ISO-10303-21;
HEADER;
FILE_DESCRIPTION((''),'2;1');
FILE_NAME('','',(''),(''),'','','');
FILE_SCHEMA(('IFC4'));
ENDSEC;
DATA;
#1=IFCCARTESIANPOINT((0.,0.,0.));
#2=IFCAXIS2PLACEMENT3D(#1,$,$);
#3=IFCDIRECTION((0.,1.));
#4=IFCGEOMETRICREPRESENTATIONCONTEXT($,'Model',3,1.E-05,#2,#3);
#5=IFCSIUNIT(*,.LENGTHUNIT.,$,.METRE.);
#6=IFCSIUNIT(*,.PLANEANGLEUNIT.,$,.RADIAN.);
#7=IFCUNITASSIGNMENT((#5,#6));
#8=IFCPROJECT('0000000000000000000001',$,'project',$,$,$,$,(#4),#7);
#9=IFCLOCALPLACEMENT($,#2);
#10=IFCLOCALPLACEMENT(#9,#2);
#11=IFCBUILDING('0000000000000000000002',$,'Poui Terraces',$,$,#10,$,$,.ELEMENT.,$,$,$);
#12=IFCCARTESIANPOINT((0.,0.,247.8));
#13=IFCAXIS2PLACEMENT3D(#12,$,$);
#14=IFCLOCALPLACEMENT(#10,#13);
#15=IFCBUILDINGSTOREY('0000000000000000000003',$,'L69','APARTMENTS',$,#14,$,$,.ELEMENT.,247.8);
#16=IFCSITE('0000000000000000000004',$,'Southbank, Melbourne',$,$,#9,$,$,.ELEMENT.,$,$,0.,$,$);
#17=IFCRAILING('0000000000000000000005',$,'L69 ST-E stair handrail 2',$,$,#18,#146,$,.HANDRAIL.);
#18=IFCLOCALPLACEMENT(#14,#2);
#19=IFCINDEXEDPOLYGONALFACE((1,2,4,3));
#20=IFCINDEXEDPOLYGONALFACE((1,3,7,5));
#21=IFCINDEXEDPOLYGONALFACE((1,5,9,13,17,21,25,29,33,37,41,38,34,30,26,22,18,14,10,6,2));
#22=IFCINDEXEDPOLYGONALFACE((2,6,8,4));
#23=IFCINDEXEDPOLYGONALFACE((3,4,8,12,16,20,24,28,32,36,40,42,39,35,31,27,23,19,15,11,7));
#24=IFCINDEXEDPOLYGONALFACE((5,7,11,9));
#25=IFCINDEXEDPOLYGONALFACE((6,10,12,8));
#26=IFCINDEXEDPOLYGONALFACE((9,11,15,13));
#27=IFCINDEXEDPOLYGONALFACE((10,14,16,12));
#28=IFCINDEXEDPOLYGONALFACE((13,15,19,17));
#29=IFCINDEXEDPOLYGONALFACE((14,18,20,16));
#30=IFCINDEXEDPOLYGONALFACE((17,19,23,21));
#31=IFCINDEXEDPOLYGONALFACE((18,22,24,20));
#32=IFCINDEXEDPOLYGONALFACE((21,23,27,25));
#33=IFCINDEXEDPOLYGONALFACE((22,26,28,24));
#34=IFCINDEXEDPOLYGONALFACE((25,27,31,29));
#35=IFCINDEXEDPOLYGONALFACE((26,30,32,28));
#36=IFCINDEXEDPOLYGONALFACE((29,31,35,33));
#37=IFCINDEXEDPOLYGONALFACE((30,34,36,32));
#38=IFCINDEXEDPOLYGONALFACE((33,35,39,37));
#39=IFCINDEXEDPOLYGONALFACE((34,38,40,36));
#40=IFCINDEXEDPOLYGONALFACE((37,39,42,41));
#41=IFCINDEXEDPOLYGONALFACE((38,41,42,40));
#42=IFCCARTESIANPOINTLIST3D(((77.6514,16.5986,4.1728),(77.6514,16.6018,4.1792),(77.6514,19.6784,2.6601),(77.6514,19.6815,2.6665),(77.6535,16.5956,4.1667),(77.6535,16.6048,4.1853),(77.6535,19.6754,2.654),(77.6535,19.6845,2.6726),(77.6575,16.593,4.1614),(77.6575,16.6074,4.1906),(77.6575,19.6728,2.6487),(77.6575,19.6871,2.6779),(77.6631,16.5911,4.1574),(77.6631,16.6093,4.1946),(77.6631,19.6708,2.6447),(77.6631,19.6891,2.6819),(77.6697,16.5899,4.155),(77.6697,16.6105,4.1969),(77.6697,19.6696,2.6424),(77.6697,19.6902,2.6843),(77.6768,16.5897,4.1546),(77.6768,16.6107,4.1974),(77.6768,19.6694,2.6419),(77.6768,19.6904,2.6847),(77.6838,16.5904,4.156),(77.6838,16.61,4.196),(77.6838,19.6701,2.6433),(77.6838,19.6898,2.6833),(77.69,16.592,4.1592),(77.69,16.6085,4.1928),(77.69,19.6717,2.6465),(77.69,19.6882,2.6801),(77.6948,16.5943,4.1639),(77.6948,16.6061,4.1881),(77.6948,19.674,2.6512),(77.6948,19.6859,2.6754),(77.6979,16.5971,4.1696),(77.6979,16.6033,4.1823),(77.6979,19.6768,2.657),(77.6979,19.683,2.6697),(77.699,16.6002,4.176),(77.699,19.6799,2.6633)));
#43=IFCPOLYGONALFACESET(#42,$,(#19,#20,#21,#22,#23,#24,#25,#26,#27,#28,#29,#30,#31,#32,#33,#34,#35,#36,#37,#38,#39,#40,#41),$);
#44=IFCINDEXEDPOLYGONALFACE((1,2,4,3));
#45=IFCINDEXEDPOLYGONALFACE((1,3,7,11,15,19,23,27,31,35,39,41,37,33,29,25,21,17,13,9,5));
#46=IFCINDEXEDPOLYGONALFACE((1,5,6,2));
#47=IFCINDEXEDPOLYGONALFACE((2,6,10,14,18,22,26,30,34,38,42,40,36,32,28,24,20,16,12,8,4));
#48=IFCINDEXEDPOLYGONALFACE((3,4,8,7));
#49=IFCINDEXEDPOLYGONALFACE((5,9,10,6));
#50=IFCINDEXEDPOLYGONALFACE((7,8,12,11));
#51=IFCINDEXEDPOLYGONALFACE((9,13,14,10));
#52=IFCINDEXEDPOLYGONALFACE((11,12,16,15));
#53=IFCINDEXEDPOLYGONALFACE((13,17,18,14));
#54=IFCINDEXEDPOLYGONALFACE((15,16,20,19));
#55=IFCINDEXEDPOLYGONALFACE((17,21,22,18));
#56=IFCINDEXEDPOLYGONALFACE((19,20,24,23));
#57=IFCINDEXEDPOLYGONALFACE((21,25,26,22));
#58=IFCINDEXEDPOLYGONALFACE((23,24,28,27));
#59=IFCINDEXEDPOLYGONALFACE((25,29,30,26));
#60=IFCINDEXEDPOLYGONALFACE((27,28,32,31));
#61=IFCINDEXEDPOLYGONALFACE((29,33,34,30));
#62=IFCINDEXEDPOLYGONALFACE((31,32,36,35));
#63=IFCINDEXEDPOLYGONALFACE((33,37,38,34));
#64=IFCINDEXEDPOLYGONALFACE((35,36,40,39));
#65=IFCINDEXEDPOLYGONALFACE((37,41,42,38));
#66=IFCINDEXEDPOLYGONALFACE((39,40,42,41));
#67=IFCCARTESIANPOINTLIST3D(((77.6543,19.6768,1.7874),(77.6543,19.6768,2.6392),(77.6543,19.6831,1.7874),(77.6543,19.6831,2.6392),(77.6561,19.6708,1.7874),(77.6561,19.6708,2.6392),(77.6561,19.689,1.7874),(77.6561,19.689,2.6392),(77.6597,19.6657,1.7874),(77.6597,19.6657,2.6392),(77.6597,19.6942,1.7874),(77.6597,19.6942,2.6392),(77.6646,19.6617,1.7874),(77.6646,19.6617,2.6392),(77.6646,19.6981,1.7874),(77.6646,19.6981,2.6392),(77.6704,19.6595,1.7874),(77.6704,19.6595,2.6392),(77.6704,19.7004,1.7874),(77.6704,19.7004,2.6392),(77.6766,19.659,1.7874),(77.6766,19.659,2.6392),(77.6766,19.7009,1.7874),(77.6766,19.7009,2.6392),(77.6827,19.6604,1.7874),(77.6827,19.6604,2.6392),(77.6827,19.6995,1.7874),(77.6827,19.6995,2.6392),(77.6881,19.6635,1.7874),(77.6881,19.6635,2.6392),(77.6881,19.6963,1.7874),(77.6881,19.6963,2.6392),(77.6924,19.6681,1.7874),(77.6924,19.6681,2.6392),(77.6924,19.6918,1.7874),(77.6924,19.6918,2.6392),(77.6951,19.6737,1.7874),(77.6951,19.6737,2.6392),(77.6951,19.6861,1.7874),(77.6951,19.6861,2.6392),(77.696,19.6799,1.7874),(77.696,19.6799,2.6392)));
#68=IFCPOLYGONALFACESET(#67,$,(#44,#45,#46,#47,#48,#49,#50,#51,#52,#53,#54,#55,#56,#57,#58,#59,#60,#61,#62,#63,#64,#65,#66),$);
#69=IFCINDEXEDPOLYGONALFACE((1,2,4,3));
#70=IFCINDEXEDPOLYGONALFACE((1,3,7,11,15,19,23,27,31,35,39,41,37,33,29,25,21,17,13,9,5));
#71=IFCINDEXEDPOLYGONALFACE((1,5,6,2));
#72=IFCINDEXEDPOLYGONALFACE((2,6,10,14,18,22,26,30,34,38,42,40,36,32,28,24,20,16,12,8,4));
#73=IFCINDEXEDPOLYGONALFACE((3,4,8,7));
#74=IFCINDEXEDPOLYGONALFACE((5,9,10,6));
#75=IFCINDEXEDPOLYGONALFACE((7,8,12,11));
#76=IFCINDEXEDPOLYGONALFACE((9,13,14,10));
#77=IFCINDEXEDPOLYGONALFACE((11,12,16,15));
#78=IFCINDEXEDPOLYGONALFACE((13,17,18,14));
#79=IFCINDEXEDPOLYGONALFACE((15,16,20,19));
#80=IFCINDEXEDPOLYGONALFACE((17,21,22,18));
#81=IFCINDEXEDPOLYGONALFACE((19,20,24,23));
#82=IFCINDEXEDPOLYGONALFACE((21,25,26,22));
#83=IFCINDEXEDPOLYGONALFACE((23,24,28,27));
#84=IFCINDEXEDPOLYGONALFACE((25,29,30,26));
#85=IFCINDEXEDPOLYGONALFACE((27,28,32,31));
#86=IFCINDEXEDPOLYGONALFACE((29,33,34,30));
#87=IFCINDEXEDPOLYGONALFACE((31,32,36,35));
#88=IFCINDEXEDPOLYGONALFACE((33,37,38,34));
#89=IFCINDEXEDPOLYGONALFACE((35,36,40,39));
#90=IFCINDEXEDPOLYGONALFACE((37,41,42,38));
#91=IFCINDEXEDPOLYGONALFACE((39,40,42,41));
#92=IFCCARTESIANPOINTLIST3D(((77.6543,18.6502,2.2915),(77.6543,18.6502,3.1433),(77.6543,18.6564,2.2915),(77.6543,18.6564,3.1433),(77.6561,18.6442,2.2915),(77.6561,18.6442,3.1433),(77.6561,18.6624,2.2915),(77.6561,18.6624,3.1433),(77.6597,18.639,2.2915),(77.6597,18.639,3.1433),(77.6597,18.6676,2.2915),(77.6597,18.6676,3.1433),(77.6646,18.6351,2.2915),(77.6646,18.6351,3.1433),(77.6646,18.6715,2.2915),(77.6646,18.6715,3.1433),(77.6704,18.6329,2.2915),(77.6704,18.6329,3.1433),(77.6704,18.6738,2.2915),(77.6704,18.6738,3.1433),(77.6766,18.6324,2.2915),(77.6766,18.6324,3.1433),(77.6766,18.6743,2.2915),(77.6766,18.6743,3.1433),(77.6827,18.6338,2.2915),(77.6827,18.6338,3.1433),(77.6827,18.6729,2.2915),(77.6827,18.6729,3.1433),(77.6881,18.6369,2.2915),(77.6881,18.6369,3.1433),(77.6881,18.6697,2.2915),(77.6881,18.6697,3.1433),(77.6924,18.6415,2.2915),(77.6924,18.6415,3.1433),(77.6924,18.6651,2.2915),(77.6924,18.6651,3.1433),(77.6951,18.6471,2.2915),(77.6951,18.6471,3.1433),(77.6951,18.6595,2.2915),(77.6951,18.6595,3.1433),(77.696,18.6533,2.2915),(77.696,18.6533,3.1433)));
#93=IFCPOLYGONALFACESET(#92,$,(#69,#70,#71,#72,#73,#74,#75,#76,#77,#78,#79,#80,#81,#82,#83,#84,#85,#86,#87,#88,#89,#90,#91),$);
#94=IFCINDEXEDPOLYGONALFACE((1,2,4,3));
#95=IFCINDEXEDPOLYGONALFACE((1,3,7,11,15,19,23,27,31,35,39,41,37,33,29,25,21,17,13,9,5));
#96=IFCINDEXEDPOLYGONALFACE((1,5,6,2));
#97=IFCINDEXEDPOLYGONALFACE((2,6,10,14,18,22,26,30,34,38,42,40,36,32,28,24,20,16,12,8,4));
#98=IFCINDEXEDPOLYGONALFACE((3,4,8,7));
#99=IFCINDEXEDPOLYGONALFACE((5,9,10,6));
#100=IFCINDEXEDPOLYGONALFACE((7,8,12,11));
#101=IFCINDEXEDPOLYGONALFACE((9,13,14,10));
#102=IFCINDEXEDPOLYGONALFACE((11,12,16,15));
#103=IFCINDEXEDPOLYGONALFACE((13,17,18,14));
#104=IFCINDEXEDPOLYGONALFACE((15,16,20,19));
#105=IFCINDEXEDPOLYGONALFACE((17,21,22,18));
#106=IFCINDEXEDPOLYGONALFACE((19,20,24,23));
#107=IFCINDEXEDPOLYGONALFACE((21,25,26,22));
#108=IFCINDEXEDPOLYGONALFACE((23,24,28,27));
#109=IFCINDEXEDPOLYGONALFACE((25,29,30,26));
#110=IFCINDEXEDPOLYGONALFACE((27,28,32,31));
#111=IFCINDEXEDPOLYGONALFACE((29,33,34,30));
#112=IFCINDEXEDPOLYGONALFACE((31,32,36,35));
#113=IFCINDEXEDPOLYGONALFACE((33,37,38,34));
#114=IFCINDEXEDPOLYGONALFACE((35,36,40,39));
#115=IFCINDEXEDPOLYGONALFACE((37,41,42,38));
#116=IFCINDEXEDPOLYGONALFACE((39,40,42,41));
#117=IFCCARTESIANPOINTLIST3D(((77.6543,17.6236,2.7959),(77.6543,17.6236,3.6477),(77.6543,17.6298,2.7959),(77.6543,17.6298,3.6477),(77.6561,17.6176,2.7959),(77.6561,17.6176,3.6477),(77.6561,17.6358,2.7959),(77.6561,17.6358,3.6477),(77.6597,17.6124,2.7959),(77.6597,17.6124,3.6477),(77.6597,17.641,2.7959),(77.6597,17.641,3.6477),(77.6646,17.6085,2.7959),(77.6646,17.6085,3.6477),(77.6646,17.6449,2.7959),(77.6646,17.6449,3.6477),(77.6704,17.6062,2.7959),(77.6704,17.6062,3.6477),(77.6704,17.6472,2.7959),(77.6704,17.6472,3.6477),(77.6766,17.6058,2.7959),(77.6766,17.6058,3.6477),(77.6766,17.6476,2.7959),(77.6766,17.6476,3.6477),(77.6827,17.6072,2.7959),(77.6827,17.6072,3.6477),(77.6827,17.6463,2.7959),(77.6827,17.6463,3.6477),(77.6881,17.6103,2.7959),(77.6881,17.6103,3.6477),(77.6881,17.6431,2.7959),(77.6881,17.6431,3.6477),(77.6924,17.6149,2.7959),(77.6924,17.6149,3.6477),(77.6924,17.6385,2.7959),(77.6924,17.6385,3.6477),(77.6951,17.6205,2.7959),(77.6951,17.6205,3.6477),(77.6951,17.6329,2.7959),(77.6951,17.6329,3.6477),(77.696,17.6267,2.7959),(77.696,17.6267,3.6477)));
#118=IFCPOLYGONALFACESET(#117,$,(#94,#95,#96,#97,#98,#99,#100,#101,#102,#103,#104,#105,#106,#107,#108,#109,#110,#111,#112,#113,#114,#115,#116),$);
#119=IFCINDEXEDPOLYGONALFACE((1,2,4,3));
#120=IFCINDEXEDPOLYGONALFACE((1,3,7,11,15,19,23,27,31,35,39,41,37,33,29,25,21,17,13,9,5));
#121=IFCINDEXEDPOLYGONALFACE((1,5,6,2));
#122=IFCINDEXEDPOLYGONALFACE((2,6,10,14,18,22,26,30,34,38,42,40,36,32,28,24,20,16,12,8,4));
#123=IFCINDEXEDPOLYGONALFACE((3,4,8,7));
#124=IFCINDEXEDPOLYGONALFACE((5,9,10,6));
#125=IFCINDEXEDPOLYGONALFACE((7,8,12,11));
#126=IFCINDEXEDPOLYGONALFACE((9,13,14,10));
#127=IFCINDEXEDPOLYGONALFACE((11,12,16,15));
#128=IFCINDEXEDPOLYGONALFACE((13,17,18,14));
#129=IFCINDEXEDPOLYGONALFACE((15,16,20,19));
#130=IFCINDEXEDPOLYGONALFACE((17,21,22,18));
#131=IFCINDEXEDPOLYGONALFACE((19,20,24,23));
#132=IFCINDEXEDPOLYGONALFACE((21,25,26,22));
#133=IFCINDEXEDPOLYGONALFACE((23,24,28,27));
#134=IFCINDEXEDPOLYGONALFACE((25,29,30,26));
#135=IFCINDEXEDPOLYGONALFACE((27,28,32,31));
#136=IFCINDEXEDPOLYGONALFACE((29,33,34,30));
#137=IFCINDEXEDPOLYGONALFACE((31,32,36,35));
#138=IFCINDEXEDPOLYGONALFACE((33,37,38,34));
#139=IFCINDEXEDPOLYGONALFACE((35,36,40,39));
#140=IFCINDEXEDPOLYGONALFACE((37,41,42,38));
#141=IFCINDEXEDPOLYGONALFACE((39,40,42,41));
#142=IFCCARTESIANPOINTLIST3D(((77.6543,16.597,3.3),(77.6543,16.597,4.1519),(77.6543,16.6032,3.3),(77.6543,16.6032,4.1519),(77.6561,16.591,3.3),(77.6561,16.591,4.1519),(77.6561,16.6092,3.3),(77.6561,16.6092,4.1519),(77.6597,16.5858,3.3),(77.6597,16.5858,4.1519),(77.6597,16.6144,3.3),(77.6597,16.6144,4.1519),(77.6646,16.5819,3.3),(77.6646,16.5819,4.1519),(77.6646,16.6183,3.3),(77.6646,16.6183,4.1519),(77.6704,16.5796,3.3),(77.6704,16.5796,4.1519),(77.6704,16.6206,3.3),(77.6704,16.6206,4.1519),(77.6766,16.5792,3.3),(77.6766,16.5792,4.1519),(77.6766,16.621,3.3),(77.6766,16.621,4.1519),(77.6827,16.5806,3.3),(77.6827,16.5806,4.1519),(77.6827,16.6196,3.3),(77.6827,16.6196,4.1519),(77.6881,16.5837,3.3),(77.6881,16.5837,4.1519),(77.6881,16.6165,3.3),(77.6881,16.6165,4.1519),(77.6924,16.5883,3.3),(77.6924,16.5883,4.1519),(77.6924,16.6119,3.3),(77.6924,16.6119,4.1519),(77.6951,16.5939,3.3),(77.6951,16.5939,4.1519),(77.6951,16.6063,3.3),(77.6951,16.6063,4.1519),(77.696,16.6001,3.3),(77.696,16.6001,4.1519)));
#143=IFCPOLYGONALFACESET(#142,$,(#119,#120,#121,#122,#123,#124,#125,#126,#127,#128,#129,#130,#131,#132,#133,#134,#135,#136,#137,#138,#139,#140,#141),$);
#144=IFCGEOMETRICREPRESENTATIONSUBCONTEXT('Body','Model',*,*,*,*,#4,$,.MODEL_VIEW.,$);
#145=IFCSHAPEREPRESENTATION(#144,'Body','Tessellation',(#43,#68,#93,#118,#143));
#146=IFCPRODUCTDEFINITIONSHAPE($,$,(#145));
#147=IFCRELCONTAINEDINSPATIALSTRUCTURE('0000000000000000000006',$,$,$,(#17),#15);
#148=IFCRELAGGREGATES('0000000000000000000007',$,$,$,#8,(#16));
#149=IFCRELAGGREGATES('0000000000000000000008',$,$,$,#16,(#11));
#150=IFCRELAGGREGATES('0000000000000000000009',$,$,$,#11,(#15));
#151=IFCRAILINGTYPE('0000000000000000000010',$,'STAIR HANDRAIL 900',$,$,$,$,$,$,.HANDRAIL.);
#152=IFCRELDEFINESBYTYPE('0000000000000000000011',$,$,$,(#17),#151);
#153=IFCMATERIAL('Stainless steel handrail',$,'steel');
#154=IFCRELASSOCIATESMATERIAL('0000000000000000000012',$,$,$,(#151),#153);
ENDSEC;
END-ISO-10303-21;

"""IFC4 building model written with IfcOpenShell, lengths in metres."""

from ifc_helpers import new_model, si_unit, direction, frame, origin, origin_2d, place, context, subcontext, project, spatial, circle, extrude, material, type_object, element, save


model = new_model("IFC4")

# Units and contexts
model_context = context("Model", 3, precision=1e-05, world=origin(), true_north=direction((0.0, 1.0)))
body_context = subcontext(model_context, "Body", "Model", "MODEL_VIEW")
ifc_project = project(units=[si_unit("LENGTHUNIT", "METRE"), si_unit("PLANEANGLEUNIT", "RADIAN")], contexts=[model_context])

# Site, building, storey
site_placement = place(None, origin())
site = spatial("IfcSite", under=ifc_project, at=site_placement, Name="Southbank, Melbourne", CompositionType="ELEMENT", RefElevation=0.0)
building_placement = place(site_placement, origin())
building = spatial("IfcBuilding", under=site, at=building_placement, Name="Poui Terraces", CompositionType="ELEMENT")
storey_placement = place(building_placement, frame((0.0, 0.0, 247.8)))
storey = spatial("IfcBuildingStorey", under=building, at=storey_placement, Name="L69", Description="APARTMENTS", CompositionType="ELEMENT", Elevation=247.8)

# Railing
ifc_material_1 = material(Name="Stainless steel handrail", Category="steel")
railing_type_1 = type_object("IfcRailingType", Name="STAIR HANDRAIL 900", PredefinedType="HANDRAIL", material=ifc_material_1)
railing_1_placement = place(storey_placement, frame((77.675, 19.6799, 1.7874)))
element("IfcRailing", 1, at=railing_1_placement, inside=storey, type_object=railing_type_1, Name="L69 ST-E stair handrail 2", PredefinedType="HANDRAIL", context=body_context, shape_type="SweptSolid", body=[
    extrude(circle(Radius=0.0239, at=origin_2d()), frame((0.0, 0.0, 0.876), z_axis=(0.0, -0.897578, 0.440856), x_axis=(1.0, 0.0, 0.0)), (0.0, 0.0, 1.0), 3.4312),
    extrude(circle(Radius=0.021, at=origin_2d()), origin(), (0.0, 0.0, 1.0), 0.8518),
    extrude(circle(Radius=0.021, at=origin_2d()), frame((0.0, -1.0266, 0.5042)), (0.0, 0.0, 1.0), 0.8518),
    extrude(circle(Radius=0.021, at=origin_2d()), frame((0.0, -2.0532, 1.0085)), (0.0, 0.0, 1.0), 0.8518),
    extrude(circle(Radius=0.021, at=origin_2d()), frame((0.0, -3.0798, 1.5127)), (0.0, 0.0, 1.0), 0.8518),
])

save(model, "model.ifc")
